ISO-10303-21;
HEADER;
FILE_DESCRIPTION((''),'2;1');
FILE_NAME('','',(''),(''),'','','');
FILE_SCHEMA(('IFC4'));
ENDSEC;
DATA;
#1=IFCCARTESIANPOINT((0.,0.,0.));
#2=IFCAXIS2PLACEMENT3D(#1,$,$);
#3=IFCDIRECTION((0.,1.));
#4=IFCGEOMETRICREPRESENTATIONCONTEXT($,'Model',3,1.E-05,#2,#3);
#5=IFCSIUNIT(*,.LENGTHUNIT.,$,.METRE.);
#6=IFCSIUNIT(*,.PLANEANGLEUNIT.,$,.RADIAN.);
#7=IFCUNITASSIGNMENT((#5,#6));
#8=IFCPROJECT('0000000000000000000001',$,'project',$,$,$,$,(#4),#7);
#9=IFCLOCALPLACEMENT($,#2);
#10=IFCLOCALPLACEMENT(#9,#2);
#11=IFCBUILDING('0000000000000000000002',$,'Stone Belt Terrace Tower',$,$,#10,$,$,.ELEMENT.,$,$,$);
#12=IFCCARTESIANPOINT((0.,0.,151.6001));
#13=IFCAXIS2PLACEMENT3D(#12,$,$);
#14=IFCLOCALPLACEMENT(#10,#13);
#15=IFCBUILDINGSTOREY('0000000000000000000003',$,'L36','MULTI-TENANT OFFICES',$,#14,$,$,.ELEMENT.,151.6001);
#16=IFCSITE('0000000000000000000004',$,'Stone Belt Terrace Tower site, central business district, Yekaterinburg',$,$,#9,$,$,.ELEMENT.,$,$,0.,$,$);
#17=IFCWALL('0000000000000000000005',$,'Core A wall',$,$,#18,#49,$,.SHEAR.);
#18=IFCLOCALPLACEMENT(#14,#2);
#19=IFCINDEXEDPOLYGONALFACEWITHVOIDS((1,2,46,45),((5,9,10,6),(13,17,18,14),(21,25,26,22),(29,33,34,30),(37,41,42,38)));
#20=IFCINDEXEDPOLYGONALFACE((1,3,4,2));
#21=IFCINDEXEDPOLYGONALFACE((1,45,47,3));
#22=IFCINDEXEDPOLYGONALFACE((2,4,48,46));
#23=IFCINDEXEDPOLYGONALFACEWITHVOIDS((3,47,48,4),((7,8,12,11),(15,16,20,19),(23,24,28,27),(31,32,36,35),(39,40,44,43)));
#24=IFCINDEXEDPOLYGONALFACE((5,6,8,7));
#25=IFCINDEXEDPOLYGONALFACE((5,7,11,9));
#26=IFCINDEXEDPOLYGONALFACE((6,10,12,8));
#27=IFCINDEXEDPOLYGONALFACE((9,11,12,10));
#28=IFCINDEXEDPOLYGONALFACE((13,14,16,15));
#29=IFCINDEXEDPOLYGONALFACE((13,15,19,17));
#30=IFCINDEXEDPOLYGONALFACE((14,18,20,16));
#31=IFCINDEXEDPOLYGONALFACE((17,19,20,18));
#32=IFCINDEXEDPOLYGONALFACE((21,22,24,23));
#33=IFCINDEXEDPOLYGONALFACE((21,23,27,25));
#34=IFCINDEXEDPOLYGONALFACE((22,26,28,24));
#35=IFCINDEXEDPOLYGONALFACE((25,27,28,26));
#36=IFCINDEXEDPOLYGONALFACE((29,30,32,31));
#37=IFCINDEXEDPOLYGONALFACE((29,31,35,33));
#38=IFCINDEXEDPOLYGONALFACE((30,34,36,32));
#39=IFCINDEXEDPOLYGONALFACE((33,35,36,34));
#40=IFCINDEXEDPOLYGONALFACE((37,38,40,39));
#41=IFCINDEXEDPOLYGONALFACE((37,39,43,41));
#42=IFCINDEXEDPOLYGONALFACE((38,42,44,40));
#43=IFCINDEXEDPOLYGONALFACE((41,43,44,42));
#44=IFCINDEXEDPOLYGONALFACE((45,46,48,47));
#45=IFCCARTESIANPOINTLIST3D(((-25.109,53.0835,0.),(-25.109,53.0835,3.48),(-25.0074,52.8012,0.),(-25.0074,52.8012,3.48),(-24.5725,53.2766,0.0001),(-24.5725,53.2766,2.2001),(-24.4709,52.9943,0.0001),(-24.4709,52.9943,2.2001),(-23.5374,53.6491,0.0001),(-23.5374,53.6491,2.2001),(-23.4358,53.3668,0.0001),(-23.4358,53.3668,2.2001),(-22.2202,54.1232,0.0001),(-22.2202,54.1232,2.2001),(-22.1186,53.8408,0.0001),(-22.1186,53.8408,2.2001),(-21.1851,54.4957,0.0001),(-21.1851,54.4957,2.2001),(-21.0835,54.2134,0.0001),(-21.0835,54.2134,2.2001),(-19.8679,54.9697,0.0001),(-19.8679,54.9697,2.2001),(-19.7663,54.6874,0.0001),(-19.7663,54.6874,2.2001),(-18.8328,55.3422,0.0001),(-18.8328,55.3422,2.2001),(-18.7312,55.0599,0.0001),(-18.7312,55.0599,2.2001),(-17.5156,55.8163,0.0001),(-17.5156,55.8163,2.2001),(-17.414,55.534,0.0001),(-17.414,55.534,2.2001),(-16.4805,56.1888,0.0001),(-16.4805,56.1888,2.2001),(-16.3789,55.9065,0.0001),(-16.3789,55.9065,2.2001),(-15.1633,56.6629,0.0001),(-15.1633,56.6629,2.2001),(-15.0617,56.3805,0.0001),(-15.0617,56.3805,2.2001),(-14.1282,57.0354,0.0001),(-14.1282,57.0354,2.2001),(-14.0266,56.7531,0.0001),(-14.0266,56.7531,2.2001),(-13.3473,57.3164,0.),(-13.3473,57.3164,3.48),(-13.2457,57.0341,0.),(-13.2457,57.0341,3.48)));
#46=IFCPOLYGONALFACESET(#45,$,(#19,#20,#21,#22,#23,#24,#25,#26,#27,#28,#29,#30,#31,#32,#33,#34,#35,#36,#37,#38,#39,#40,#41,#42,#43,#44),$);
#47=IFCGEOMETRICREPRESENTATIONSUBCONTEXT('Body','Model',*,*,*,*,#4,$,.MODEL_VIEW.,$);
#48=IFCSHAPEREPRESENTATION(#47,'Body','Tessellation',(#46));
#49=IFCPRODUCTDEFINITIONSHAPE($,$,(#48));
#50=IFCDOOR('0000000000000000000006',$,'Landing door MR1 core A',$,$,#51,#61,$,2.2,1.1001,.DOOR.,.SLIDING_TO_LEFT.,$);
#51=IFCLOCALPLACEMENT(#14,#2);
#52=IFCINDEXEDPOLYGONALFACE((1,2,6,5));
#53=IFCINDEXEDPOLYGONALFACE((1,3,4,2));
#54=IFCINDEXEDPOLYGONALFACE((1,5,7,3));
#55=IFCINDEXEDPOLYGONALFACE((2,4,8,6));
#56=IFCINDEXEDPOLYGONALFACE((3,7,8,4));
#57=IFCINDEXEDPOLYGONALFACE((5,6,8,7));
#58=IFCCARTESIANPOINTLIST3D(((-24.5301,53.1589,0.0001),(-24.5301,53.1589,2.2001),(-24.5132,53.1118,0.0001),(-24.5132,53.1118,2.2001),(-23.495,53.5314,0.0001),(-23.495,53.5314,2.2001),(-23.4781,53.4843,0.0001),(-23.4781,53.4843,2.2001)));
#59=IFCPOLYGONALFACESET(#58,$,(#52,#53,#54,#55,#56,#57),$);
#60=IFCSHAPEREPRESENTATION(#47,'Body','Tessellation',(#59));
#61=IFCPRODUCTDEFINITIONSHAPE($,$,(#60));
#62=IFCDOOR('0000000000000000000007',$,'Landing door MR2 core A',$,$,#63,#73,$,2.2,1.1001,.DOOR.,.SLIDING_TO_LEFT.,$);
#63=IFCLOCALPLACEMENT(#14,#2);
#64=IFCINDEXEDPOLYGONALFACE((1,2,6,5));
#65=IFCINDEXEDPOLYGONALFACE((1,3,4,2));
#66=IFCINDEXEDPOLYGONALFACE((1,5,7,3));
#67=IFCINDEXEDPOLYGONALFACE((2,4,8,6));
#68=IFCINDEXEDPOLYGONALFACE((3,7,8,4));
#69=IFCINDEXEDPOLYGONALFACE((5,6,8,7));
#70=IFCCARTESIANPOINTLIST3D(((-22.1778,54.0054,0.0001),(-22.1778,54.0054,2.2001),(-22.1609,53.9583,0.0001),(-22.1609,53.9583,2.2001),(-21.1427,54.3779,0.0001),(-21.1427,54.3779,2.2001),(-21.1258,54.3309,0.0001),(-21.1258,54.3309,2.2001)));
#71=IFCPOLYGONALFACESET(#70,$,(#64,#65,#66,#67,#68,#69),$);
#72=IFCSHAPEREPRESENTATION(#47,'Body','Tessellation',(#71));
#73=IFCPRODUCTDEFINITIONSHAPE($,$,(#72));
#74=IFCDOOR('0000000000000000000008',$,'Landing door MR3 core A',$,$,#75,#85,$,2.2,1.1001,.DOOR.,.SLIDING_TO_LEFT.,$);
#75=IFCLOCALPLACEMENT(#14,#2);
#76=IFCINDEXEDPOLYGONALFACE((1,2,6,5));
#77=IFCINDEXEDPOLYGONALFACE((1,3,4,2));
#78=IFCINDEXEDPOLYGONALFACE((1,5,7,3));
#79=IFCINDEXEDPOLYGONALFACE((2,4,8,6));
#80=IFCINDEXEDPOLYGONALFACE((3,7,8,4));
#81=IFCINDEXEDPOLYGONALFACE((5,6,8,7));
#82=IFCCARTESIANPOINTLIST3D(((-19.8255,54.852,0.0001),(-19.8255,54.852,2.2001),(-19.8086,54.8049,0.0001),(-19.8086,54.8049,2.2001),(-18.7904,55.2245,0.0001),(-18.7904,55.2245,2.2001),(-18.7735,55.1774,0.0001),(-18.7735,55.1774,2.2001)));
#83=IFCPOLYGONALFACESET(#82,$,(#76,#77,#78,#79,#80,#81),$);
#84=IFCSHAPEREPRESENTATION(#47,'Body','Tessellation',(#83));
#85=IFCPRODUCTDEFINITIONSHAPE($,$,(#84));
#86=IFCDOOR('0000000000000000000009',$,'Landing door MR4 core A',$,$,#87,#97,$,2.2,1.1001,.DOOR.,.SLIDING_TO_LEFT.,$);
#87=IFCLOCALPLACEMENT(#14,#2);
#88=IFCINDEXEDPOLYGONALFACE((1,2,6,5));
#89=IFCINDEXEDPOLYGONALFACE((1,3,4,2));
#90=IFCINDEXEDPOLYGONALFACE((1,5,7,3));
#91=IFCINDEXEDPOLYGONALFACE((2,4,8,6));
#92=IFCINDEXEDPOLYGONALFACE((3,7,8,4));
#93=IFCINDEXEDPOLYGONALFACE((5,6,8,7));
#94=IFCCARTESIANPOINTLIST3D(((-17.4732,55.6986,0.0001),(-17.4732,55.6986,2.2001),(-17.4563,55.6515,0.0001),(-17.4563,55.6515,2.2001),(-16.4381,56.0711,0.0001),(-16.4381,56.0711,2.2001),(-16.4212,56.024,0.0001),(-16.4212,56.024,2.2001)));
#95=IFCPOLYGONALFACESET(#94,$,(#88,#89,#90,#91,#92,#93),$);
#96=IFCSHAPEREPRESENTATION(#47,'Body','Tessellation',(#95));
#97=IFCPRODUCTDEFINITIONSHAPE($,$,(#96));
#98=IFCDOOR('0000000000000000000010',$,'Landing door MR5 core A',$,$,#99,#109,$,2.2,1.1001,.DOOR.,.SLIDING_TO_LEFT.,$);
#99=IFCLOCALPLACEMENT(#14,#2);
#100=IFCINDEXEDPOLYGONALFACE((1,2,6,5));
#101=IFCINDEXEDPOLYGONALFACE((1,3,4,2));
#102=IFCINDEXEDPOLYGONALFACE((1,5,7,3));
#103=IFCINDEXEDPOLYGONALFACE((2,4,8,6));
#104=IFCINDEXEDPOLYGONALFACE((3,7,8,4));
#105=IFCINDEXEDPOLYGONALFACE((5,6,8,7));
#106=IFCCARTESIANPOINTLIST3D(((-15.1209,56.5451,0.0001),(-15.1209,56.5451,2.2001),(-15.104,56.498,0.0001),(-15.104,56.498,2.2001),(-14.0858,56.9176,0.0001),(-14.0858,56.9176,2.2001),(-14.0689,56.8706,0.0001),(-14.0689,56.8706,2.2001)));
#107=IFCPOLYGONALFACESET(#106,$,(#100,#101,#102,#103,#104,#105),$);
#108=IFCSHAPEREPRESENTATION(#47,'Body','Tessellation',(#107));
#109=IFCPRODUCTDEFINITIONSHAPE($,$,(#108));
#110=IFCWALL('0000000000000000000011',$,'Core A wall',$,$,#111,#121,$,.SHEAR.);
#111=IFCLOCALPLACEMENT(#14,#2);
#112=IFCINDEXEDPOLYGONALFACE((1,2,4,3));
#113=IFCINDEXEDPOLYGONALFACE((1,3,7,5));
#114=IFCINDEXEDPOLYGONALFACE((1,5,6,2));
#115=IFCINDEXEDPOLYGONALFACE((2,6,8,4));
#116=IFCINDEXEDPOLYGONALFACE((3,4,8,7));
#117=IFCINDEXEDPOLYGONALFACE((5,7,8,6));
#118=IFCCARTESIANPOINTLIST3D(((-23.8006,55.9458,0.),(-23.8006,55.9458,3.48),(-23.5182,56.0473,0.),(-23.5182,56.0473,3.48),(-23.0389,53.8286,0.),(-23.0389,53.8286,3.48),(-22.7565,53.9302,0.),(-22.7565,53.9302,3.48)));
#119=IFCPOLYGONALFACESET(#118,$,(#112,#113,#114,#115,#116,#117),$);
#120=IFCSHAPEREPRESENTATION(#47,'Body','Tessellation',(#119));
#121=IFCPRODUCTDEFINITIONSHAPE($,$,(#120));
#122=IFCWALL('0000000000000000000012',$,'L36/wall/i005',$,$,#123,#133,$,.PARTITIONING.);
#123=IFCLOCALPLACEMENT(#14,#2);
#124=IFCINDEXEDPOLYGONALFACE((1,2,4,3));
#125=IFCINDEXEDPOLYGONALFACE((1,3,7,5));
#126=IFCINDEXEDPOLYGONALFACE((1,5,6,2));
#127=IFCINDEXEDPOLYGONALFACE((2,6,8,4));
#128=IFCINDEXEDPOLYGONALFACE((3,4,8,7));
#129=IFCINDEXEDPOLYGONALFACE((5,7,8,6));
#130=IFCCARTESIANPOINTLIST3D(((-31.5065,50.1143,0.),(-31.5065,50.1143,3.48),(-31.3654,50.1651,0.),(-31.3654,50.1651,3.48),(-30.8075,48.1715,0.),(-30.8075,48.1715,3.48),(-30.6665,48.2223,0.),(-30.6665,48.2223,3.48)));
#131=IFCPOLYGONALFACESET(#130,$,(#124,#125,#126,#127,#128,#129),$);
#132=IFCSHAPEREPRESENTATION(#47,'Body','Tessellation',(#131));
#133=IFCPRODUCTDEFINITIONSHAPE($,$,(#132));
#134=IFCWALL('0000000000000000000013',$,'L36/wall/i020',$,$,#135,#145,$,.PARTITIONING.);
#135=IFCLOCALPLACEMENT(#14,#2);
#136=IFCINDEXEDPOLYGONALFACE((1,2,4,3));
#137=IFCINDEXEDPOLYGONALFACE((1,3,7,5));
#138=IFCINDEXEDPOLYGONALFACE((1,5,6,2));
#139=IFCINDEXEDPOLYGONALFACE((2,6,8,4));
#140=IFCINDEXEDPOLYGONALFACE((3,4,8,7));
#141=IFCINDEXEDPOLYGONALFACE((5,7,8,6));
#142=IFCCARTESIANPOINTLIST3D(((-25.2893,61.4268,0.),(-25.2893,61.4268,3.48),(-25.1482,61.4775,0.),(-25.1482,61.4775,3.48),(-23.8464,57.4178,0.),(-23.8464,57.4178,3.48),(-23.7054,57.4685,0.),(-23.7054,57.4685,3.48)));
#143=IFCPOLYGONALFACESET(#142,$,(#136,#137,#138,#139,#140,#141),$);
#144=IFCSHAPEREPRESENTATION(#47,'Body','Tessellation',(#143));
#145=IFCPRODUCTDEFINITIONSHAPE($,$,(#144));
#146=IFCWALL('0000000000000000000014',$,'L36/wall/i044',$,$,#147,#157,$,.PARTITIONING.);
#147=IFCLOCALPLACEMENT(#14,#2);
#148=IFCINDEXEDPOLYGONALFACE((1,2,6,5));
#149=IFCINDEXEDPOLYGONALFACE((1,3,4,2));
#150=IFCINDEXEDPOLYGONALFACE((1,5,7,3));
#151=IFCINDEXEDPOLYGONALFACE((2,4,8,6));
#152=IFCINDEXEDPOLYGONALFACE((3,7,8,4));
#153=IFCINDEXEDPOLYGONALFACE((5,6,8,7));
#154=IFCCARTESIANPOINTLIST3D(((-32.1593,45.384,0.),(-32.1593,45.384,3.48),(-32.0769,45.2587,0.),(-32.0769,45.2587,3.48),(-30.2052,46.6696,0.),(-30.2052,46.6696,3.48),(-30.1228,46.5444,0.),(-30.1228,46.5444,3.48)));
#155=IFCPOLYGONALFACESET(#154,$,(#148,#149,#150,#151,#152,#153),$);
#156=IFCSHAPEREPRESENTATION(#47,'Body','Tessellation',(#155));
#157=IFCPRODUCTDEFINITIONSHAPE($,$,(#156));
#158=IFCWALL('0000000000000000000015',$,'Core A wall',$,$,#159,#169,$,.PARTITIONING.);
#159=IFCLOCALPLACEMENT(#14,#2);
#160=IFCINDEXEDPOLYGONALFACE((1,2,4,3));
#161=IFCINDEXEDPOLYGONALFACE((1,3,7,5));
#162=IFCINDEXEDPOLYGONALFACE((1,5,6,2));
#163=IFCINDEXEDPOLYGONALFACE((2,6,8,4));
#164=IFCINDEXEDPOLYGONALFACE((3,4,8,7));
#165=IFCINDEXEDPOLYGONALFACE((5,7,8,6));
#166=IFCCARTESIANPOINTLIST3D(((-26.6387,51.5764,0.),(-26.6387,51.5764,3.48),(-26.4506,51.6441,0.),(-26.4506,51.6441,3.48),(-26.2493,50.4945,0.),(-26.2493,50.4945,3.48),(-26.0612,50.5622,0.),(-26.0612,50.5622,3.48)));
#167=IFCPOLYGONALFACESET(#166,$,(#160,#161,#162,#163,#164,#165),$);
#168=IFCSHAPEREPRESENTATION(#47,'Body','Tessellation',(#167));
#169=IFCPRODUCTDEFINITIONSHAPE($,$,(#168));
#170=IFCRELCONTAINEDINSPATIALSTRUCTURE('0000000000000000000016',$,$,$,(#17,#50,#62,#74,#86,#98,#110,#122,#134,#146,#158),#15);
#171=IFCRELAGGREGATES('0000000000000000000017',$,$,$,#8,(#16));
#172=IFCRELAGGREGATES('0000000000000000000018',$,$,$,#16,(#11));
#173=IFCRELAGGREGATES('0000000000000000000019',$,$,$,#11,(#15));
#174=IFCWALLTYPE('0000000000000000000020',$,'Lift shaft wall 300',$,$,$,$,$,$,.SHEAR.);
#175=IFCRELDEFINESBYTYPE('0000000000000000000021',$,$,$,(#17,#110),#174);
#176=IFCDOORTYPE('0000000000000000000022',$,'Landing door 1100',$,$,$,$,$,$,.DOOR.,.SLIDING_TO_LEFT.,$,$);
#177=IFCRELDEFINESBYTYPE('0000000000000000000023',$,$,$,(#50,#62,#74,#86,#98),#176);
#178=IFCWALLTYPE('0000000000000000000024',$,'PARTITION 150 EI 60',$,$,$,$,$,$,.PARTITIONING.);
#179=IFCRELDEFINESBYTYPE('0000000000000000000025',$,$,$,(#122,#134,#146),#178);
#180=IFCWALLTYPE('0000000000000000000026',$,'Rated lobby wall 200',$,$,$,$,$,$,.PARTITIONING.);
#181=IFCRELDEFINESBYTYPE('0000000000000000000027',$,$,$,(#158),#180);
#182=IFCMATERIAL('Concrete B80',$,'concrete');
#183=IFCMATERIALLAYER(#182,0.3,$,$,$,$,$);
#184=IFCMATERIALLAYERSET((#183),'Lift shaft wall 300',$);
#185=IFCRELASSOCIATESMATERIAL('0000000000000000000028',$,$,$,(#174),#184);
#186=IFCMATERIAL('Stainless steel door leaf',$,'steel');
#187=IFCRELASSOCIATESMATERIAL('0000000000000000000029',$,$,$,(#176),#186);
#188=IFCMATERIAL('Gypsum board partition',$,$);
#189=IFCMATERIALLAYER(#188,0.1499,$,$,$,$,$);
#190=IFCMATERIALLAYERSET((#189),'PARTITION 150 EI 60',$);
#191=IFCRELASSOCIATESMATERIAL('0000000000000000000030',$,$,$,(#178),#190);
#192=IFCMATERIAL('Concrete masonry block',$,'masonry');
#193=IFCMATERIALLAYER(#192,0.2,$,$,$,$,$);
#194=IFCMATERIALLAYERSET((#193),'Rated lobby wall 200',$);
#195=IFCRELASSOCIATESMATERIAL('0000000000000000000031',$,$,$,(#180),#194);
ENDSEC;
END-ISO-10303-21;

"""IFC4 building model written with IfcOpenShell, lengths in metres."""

from ifc_helpers import new_model, si_unit, direction, frame, frame_2d, origin, place, context, subcontext, project, spatial, rectangle, extrude, material, layer, layer_set, type_object, element, fill, save


model = new_model("IFC4")

# Units and contexts
model_context = context("Model", 3, precision=1e-05, world=origin(), true_north=direction((0.0, 1.0)))
body_context = subcontext(model_context, "Body", "Model", "MODEL_VIEW")
ifc_project = project(units=[si_unit("LENGTHUNIT", "METRE"), si_unit("PLANEANGLEUNIT", "RADIAN")], contexts=[model_context])

# Site, building, storey
site_placement = place(None, origin())
site = spatial("IfcSite", under=ifc_project, at=site_placement, Name="Stone Belt Terrace Tower site, central business district, Yekaterinburg", CompositionType="ELEMENT", RefElevation=0.0)
building_placement = place(site_placement, origin())
building = spatial("IfcBuilding", under=site, at=building_placement, Name="Stone Belt Terrace Tower", CompositionType="ELEMENT")
storey_placement = place(building_placement, frame((0.0, 0.0, 151.6001)))
storey = spatial("IfcBuildingStorey", under=building, at=storey_placement, Name="L36", Description="MULTI-TENANT OFFICES", CompositionType="ELEMENT", Elevation=151.6001)

# Shared definitions
ifc_material_1 = material(Name="Concrete B80", Category="concrete")

# Shared definitions
ifc_layer_1 = layer(ifc_material_1, 0.3)
ifc_layer_set_1 = layer_set([ifc_layer_1], Name="Lift shaft wall 300")
wall_type_1 = type_object("IfcWallType", Name="Lift shaft wall 300", PredefinedType="SHEAR", material=ifc_layer_set_1)
ifc_material_2 = material(Name="Stainless steel door leaf", Category="steel")

# Wall, openings, doors
wall_1_placement = place(storey_placement, frame((-25.0581, 52.9424, 0.0), z_axis=(0.0, 0.0, 1.0), x_axis=(0.940921, 0.338627, 0.0)))
wall_1 = element("IfcWall", 1, at=wall_1_placement, inside=storey, type_object=wall_type_1, Name="Core A wall", PredefinedType="SHEAR", context=body_context, shape_type="SweptSolid", body=[
    extrude(rectangle(XDim=12.5002, YDim=0.3, at=frame_2d((6.25, 0.0))), origin(), (0.0, 0.0, 1.0), 3.48),
])
opening_1_placement = place(wall_1_placement, frame((0.5701, 0.0, 0.0)))
opening_1 = element("IfcOpeningElement", 2, at=opening_1_placement, cuts=wall_1, PredefinedType="OPENING", context=body_context, shape_type="SweptSolid", body=[
    extrude(rectangle(XDim=1.1001, YDim=2.2, at=frame_2d((0.55, 1.1001))), frame((0.0, 0.1599, 0.0), z_axis=(0.0, -1.0, 0.0), x_axis=(1.0, 0.0, 0.0)), (0.0, 0.0, 1.0), 0.3201),
])
opening_2_placement = place(wall_1_placement, frame((3.0701, 0.0, 0.0)))
opening_2 = element("IfcOpeningElement", 3, at=opening_2_placement, cuts=wall_1, PredefinedType="OPENING", context=body_context, shape_type="SweptSolid", body=[
    extrude(rectangle(XDim=1.1001, YDim=2.2, at=frame_2d((0.55, 1.1001))), frame((0.0, 0.1599, 0.0), z_axis=(0.0, -1.0, 0.0), x_axis=(1.0, 0.0, 0.0)), (0.0, 0.0, 1.0), 0.3201),
])
opening_3_placement = place(wall_1_placement, frame((5.5701, 0.0, 0.0)))
opening_3 = element("IfcOpeningElement", 4, at=opening_3_placement, cuts=wall_1, PredefinedType="OPENING", context=body_context, shape_type="SweptSolid", body=[
    extrude(rectangle(XDim=1.1001, YDim=2.2, at=frame_2d((0.55, 1.1001))), frame((0.0, 0.1599, 0.0), z_axis=(0.0, -1.0, 0.0), x_axis=(1.0, 0.0, 0.0)), (0.0, 0.0, 1.0), 0.3201),
])
opening_4_placement = place(wall_1_placement, frame((8.0701, 0.0, 0.0)))
opening_4 = element("IfcOpeningElement", 5, at=opening_4_placement, cuts=wall_1, PredefinedType="OPENING", context=body_context, shape_type="SweptSolid", body=[
    extrude(rectangle(XDim=1.1001, YDim=2.2, at=frame_2d((0.55, 1.1001))), frame((0.0, 0.1599, 0.0), z_axis=(0.0, -1.0, 0.0), x_axis=(1.0, 0.0, 0.0)), (0.0, 0.0, 1.0), 0.3201),
])
opening_5_placement = place(wall_1_placement, frame((10.5701, 0.0, 0.0)))
opening_5 = element("IfcOpeningElement", 6, at=opening_5_placement, cuts=wall_1, PredefinedType="OPENING", context=body_context, shape_type="SweptSolid", body=[
    extrude(rectangle(XDim=1.1001, YDim=2.2, at=frame_2d((0.55, 1.1001))), frame((0.0, 0.1599, 0.0), z_axis=(0.0, -1.0, 0.0), x_axis=(1.0, 0.0, 0.0)), (0.0, 0.0, 1.0), 0.3201),
])
door_type_1 = type_object("IfcDoorType", Name="Landing door 1100", OperationType="SLIDING_TO_LEFT", PredefinedType="DOOR", material=ifc_material_2)
door_1_placement = place(opening_1_placement, origin())
door_1 = element("IfcDoor", 7, at=door_1_placement, inside=storey, type_object=door_type_1, Name="Landing door MR1 core A", OperationType="SLIDING_TO_LEFT", OverallHeight=2.2, OverallWidth=1.1001, PredefinedType="DOOR", context=body_context, shape_type="SweptSolid", body=[
    extrude(rectangle(XDim=1.1001, YDim=2.2, at=frame_2d((0.55, 1.1001))), frame((0.0, 0.0249, 0.0), z_axis=(0.0, -1.0, 0.0), x_axis=(1.0, 0.0, 0.0)), (0.0, 0.0, 1.0), 0.05),
])
fill(opening_1, door_1)
door_2_placement = place(opening_2_placement, origin())
door_2 = element("IfcDoor", 8, at=door_2_placement, inside=storey, type_object=door_type_1, Name="Landing door MR2 core A", OperationType="SLIDING_TO_LEFT", OverallHeight=2.2, OverallWidth=1.1001, PredefinedType="DOOR", context=body_context, shape_type="SweptSolid", body=[
    extrude(rectangle(XDim=1.1001, YDim=2.2, at=frame_2d((0.55, 1.1001))), frame((0.0, 0.0249, 0.0), z_axis=(0.0, -1.0, 0.0), x_axis=(1.0, 0.0, 0.0)), (0.0, 0.0, 1.0), 0.05),
])
fill(opening_2, door_2)
door_3_placement = place(opening_3_placement, origin())
door_3 = element("IfcDoor", 9, at=door_3_placement, inside=storey, type_object=door_type_1, Name="Landing door MR3 core A", OperationType="SLIDING_TO_LEFT", OverallHeight=2.2, OverallWidth=1.1001, PredefinedType="DOOR", context=body_context, shape_type="SweptSolid", body=[
    extrude(rectangle(XDim=1.1001, YDim=2.2, at=frame_2d((0.55, 1.1001))), frame((0.0, 0.0249, 0.0), z_axis=(0.0, -1.0, 0.0), x_axis=(1.0, 0.0, 0.0)), (0.0, 0.0, 1.0), 0.05),
])
fill(opening_3, door_3)
door_4_placement = place(opening_4_placement, origin())
door_4 = element("IfcDoor", 10, at=door_4_placement, inside=storey, type_object=door_type_1, Name="Landing door MR4 core A", OperationType="SLIDING_TO_LEFT", OverallHeight=2.2, OverallWidth=1.1001, PredefinedType="DOOR", context=body_context, shape_type="SweptSolid", body=[
    extrude(rectangle(XDim=1.1001, YDim=2.2, at=frame_2d((0.55, 1.1001))), frame((0.0, 0.0249, 0.0), z_axis=(0.0, -1.0, 0.0), x_axis=(1.0, 0.0, 0.0)), (0.0, 0.0, 1.0), 0.05),
])
fill(opening_4, door_4)
door_5_placement = place(opening_5_placement, origin())
door_5 = element("IfcDoor", 11, at=door_5_placement, inside=storey, type_object=door_type_1, Name="Landing door MR5 core A", OperationType="SLIDING_TO_LEFT", OverallHeight=2.2, OverallWidth=1.1001, PredefinedType="DOOR", context=body_context, shape_type="SweptSolid", body=[
    extrude(rectangle(XDim=1.1001, YDim=2.2, at=frame_2d((0.55, 1.1001))), frame((0.0, 0.0249, 0.0), z_axis=(0.0, -1.0, 0.0), x_axis=(1.0, 0.0, 0.0)), (0.0, 0.0, 1.0), 0.05),
])
fill(opening_5, door_5)

# Walls
wall_2_placement = place(storey_placement, frame((-22.8977, 53.8794, 0.0), z_axis=(0.0, 0.0, 1.0), x_axis=(-0.338535, 0.940954, 0.0)))
element("IfcWall", 12, at=wall_2_placement, inside=storey, type_object=wall_type_1, Name="Core A wall", PredefinedType="SHEAR", context=body_context, shape_type="SweptSolid", body=[
    extrude(rectangle(XDim=2.25, YDim=0.3, at=frame_2d((1.125, 0.0))), origin(), (0.0, 0.0, 1.0), 3.48),
])
ifc_material_3 = material(Name="Gypsum board partition")
ifc_layer_2 = layer(ifc_material_3, 0.1499)
ifc_layer_set_2 = layer_set([ifc_layer_2], Name="PARTITION 150 EI 60")
wall_type_2 = type_object("IfcWallType", Name="PARTITION 150 EI 60", PredefinedType="PARTITIONING", material=ifc_layer_set_2)
wall_3_placement = place(storey_placement, frame((-30.7371, 48.197, 0.0), z_axis=(0.0, 0.0, 1.0), x_axis=(-0.338523, 0.940958, 0.0)))
element("IfcWall", 13, at=wall_3_placement, inside=storey, type_object=wall_type_2, Name="L36/wall/i005", PredefinedType="PARTITIONING", context=body_context, shape_type="SweptSolid", body=[
    extrude(rectangle(XDim=2.0647, YDim=0.1499, at=frame_2d((1.0322, 0.0))), origin(), (0.0, 0.0, 1.0), 3.48),
])
wall_4_placement = place(storey_placement, frame((-25.2188, 61.4521, 0.0), z_axis=(0.0, 0.0, 1.0), x_axis=(0.33864, -0.940916, 0.0)))
element("IfcWall", 14, at=wall_4_placement, inside=storey, type_object=wall_type_2, Name="L36/wall/i020", PredefinedType="PARTITIONING", context=body_context, shape_type="SweptSolid", body=[
    extrude(rectangle(XDim=4.2607, YDim=0.1499, at=frame_2d((2.1304, 0.0))), origin(), (0.0, 0.0, 1.0), 3.48),
])
wall_5_placement = place(storey_placement, frame((-30.1641, 46.6069, 0.0), z_axis=(0.0, 0.0, 1.0), x_axis=(-0.835407, -0.549632, 0.0)))
element("IfcWall", 15, at=wall_5_placement, inside=storey, type_object=wall_type_2, Name="L36/wall/i044", PredefinedType="PARTITIONING", context=body_context, shape_type="SweptSolid", body=[
    extrude(rectangle(XDim=2.3391, YDim=0.1499, at=frame_2d((1.1694, 0.0))), origin(), (0.0, 0.0, 1.0), 3.48),
])
ifc_material_4 = material(Name="Concrete masonry block", Category="masonry")
ifc_layer_3 = layer(ifc_material_4, 0.2)
ifc_layer_set_3 = layer_set([ifc_layer_3], Name="Rated lobby wall 200")
wall_type_3 = type_object("IfcWallType", Name="Rated lobby wall 200", PredefinedType="PARTITIONING", material=ifc_layer_set_3)
wall_6_placement = place(storey_placement, frame((-26.1553, 50.5283, 0.0), z_axis=(0.0, 0.0, 1.0), x_axis=(-0.338622, 0.940923, 0.0)))
element("IfcWall", 16, at=wall_6_placement, inside=storey, type_object=wall_type_3, Name="Core A wall", PredefinedType="PARTITIONING", context=body_context, shape_type="SweptSolid", body=[
    extrude(rectangle(XDim=1.1499, YDim=0.2, at=frame_2d((0.575, 0.0))), origin(), (0.0, 0.0, 1.0), 3.48),
])

save(model, "model.ifc")
